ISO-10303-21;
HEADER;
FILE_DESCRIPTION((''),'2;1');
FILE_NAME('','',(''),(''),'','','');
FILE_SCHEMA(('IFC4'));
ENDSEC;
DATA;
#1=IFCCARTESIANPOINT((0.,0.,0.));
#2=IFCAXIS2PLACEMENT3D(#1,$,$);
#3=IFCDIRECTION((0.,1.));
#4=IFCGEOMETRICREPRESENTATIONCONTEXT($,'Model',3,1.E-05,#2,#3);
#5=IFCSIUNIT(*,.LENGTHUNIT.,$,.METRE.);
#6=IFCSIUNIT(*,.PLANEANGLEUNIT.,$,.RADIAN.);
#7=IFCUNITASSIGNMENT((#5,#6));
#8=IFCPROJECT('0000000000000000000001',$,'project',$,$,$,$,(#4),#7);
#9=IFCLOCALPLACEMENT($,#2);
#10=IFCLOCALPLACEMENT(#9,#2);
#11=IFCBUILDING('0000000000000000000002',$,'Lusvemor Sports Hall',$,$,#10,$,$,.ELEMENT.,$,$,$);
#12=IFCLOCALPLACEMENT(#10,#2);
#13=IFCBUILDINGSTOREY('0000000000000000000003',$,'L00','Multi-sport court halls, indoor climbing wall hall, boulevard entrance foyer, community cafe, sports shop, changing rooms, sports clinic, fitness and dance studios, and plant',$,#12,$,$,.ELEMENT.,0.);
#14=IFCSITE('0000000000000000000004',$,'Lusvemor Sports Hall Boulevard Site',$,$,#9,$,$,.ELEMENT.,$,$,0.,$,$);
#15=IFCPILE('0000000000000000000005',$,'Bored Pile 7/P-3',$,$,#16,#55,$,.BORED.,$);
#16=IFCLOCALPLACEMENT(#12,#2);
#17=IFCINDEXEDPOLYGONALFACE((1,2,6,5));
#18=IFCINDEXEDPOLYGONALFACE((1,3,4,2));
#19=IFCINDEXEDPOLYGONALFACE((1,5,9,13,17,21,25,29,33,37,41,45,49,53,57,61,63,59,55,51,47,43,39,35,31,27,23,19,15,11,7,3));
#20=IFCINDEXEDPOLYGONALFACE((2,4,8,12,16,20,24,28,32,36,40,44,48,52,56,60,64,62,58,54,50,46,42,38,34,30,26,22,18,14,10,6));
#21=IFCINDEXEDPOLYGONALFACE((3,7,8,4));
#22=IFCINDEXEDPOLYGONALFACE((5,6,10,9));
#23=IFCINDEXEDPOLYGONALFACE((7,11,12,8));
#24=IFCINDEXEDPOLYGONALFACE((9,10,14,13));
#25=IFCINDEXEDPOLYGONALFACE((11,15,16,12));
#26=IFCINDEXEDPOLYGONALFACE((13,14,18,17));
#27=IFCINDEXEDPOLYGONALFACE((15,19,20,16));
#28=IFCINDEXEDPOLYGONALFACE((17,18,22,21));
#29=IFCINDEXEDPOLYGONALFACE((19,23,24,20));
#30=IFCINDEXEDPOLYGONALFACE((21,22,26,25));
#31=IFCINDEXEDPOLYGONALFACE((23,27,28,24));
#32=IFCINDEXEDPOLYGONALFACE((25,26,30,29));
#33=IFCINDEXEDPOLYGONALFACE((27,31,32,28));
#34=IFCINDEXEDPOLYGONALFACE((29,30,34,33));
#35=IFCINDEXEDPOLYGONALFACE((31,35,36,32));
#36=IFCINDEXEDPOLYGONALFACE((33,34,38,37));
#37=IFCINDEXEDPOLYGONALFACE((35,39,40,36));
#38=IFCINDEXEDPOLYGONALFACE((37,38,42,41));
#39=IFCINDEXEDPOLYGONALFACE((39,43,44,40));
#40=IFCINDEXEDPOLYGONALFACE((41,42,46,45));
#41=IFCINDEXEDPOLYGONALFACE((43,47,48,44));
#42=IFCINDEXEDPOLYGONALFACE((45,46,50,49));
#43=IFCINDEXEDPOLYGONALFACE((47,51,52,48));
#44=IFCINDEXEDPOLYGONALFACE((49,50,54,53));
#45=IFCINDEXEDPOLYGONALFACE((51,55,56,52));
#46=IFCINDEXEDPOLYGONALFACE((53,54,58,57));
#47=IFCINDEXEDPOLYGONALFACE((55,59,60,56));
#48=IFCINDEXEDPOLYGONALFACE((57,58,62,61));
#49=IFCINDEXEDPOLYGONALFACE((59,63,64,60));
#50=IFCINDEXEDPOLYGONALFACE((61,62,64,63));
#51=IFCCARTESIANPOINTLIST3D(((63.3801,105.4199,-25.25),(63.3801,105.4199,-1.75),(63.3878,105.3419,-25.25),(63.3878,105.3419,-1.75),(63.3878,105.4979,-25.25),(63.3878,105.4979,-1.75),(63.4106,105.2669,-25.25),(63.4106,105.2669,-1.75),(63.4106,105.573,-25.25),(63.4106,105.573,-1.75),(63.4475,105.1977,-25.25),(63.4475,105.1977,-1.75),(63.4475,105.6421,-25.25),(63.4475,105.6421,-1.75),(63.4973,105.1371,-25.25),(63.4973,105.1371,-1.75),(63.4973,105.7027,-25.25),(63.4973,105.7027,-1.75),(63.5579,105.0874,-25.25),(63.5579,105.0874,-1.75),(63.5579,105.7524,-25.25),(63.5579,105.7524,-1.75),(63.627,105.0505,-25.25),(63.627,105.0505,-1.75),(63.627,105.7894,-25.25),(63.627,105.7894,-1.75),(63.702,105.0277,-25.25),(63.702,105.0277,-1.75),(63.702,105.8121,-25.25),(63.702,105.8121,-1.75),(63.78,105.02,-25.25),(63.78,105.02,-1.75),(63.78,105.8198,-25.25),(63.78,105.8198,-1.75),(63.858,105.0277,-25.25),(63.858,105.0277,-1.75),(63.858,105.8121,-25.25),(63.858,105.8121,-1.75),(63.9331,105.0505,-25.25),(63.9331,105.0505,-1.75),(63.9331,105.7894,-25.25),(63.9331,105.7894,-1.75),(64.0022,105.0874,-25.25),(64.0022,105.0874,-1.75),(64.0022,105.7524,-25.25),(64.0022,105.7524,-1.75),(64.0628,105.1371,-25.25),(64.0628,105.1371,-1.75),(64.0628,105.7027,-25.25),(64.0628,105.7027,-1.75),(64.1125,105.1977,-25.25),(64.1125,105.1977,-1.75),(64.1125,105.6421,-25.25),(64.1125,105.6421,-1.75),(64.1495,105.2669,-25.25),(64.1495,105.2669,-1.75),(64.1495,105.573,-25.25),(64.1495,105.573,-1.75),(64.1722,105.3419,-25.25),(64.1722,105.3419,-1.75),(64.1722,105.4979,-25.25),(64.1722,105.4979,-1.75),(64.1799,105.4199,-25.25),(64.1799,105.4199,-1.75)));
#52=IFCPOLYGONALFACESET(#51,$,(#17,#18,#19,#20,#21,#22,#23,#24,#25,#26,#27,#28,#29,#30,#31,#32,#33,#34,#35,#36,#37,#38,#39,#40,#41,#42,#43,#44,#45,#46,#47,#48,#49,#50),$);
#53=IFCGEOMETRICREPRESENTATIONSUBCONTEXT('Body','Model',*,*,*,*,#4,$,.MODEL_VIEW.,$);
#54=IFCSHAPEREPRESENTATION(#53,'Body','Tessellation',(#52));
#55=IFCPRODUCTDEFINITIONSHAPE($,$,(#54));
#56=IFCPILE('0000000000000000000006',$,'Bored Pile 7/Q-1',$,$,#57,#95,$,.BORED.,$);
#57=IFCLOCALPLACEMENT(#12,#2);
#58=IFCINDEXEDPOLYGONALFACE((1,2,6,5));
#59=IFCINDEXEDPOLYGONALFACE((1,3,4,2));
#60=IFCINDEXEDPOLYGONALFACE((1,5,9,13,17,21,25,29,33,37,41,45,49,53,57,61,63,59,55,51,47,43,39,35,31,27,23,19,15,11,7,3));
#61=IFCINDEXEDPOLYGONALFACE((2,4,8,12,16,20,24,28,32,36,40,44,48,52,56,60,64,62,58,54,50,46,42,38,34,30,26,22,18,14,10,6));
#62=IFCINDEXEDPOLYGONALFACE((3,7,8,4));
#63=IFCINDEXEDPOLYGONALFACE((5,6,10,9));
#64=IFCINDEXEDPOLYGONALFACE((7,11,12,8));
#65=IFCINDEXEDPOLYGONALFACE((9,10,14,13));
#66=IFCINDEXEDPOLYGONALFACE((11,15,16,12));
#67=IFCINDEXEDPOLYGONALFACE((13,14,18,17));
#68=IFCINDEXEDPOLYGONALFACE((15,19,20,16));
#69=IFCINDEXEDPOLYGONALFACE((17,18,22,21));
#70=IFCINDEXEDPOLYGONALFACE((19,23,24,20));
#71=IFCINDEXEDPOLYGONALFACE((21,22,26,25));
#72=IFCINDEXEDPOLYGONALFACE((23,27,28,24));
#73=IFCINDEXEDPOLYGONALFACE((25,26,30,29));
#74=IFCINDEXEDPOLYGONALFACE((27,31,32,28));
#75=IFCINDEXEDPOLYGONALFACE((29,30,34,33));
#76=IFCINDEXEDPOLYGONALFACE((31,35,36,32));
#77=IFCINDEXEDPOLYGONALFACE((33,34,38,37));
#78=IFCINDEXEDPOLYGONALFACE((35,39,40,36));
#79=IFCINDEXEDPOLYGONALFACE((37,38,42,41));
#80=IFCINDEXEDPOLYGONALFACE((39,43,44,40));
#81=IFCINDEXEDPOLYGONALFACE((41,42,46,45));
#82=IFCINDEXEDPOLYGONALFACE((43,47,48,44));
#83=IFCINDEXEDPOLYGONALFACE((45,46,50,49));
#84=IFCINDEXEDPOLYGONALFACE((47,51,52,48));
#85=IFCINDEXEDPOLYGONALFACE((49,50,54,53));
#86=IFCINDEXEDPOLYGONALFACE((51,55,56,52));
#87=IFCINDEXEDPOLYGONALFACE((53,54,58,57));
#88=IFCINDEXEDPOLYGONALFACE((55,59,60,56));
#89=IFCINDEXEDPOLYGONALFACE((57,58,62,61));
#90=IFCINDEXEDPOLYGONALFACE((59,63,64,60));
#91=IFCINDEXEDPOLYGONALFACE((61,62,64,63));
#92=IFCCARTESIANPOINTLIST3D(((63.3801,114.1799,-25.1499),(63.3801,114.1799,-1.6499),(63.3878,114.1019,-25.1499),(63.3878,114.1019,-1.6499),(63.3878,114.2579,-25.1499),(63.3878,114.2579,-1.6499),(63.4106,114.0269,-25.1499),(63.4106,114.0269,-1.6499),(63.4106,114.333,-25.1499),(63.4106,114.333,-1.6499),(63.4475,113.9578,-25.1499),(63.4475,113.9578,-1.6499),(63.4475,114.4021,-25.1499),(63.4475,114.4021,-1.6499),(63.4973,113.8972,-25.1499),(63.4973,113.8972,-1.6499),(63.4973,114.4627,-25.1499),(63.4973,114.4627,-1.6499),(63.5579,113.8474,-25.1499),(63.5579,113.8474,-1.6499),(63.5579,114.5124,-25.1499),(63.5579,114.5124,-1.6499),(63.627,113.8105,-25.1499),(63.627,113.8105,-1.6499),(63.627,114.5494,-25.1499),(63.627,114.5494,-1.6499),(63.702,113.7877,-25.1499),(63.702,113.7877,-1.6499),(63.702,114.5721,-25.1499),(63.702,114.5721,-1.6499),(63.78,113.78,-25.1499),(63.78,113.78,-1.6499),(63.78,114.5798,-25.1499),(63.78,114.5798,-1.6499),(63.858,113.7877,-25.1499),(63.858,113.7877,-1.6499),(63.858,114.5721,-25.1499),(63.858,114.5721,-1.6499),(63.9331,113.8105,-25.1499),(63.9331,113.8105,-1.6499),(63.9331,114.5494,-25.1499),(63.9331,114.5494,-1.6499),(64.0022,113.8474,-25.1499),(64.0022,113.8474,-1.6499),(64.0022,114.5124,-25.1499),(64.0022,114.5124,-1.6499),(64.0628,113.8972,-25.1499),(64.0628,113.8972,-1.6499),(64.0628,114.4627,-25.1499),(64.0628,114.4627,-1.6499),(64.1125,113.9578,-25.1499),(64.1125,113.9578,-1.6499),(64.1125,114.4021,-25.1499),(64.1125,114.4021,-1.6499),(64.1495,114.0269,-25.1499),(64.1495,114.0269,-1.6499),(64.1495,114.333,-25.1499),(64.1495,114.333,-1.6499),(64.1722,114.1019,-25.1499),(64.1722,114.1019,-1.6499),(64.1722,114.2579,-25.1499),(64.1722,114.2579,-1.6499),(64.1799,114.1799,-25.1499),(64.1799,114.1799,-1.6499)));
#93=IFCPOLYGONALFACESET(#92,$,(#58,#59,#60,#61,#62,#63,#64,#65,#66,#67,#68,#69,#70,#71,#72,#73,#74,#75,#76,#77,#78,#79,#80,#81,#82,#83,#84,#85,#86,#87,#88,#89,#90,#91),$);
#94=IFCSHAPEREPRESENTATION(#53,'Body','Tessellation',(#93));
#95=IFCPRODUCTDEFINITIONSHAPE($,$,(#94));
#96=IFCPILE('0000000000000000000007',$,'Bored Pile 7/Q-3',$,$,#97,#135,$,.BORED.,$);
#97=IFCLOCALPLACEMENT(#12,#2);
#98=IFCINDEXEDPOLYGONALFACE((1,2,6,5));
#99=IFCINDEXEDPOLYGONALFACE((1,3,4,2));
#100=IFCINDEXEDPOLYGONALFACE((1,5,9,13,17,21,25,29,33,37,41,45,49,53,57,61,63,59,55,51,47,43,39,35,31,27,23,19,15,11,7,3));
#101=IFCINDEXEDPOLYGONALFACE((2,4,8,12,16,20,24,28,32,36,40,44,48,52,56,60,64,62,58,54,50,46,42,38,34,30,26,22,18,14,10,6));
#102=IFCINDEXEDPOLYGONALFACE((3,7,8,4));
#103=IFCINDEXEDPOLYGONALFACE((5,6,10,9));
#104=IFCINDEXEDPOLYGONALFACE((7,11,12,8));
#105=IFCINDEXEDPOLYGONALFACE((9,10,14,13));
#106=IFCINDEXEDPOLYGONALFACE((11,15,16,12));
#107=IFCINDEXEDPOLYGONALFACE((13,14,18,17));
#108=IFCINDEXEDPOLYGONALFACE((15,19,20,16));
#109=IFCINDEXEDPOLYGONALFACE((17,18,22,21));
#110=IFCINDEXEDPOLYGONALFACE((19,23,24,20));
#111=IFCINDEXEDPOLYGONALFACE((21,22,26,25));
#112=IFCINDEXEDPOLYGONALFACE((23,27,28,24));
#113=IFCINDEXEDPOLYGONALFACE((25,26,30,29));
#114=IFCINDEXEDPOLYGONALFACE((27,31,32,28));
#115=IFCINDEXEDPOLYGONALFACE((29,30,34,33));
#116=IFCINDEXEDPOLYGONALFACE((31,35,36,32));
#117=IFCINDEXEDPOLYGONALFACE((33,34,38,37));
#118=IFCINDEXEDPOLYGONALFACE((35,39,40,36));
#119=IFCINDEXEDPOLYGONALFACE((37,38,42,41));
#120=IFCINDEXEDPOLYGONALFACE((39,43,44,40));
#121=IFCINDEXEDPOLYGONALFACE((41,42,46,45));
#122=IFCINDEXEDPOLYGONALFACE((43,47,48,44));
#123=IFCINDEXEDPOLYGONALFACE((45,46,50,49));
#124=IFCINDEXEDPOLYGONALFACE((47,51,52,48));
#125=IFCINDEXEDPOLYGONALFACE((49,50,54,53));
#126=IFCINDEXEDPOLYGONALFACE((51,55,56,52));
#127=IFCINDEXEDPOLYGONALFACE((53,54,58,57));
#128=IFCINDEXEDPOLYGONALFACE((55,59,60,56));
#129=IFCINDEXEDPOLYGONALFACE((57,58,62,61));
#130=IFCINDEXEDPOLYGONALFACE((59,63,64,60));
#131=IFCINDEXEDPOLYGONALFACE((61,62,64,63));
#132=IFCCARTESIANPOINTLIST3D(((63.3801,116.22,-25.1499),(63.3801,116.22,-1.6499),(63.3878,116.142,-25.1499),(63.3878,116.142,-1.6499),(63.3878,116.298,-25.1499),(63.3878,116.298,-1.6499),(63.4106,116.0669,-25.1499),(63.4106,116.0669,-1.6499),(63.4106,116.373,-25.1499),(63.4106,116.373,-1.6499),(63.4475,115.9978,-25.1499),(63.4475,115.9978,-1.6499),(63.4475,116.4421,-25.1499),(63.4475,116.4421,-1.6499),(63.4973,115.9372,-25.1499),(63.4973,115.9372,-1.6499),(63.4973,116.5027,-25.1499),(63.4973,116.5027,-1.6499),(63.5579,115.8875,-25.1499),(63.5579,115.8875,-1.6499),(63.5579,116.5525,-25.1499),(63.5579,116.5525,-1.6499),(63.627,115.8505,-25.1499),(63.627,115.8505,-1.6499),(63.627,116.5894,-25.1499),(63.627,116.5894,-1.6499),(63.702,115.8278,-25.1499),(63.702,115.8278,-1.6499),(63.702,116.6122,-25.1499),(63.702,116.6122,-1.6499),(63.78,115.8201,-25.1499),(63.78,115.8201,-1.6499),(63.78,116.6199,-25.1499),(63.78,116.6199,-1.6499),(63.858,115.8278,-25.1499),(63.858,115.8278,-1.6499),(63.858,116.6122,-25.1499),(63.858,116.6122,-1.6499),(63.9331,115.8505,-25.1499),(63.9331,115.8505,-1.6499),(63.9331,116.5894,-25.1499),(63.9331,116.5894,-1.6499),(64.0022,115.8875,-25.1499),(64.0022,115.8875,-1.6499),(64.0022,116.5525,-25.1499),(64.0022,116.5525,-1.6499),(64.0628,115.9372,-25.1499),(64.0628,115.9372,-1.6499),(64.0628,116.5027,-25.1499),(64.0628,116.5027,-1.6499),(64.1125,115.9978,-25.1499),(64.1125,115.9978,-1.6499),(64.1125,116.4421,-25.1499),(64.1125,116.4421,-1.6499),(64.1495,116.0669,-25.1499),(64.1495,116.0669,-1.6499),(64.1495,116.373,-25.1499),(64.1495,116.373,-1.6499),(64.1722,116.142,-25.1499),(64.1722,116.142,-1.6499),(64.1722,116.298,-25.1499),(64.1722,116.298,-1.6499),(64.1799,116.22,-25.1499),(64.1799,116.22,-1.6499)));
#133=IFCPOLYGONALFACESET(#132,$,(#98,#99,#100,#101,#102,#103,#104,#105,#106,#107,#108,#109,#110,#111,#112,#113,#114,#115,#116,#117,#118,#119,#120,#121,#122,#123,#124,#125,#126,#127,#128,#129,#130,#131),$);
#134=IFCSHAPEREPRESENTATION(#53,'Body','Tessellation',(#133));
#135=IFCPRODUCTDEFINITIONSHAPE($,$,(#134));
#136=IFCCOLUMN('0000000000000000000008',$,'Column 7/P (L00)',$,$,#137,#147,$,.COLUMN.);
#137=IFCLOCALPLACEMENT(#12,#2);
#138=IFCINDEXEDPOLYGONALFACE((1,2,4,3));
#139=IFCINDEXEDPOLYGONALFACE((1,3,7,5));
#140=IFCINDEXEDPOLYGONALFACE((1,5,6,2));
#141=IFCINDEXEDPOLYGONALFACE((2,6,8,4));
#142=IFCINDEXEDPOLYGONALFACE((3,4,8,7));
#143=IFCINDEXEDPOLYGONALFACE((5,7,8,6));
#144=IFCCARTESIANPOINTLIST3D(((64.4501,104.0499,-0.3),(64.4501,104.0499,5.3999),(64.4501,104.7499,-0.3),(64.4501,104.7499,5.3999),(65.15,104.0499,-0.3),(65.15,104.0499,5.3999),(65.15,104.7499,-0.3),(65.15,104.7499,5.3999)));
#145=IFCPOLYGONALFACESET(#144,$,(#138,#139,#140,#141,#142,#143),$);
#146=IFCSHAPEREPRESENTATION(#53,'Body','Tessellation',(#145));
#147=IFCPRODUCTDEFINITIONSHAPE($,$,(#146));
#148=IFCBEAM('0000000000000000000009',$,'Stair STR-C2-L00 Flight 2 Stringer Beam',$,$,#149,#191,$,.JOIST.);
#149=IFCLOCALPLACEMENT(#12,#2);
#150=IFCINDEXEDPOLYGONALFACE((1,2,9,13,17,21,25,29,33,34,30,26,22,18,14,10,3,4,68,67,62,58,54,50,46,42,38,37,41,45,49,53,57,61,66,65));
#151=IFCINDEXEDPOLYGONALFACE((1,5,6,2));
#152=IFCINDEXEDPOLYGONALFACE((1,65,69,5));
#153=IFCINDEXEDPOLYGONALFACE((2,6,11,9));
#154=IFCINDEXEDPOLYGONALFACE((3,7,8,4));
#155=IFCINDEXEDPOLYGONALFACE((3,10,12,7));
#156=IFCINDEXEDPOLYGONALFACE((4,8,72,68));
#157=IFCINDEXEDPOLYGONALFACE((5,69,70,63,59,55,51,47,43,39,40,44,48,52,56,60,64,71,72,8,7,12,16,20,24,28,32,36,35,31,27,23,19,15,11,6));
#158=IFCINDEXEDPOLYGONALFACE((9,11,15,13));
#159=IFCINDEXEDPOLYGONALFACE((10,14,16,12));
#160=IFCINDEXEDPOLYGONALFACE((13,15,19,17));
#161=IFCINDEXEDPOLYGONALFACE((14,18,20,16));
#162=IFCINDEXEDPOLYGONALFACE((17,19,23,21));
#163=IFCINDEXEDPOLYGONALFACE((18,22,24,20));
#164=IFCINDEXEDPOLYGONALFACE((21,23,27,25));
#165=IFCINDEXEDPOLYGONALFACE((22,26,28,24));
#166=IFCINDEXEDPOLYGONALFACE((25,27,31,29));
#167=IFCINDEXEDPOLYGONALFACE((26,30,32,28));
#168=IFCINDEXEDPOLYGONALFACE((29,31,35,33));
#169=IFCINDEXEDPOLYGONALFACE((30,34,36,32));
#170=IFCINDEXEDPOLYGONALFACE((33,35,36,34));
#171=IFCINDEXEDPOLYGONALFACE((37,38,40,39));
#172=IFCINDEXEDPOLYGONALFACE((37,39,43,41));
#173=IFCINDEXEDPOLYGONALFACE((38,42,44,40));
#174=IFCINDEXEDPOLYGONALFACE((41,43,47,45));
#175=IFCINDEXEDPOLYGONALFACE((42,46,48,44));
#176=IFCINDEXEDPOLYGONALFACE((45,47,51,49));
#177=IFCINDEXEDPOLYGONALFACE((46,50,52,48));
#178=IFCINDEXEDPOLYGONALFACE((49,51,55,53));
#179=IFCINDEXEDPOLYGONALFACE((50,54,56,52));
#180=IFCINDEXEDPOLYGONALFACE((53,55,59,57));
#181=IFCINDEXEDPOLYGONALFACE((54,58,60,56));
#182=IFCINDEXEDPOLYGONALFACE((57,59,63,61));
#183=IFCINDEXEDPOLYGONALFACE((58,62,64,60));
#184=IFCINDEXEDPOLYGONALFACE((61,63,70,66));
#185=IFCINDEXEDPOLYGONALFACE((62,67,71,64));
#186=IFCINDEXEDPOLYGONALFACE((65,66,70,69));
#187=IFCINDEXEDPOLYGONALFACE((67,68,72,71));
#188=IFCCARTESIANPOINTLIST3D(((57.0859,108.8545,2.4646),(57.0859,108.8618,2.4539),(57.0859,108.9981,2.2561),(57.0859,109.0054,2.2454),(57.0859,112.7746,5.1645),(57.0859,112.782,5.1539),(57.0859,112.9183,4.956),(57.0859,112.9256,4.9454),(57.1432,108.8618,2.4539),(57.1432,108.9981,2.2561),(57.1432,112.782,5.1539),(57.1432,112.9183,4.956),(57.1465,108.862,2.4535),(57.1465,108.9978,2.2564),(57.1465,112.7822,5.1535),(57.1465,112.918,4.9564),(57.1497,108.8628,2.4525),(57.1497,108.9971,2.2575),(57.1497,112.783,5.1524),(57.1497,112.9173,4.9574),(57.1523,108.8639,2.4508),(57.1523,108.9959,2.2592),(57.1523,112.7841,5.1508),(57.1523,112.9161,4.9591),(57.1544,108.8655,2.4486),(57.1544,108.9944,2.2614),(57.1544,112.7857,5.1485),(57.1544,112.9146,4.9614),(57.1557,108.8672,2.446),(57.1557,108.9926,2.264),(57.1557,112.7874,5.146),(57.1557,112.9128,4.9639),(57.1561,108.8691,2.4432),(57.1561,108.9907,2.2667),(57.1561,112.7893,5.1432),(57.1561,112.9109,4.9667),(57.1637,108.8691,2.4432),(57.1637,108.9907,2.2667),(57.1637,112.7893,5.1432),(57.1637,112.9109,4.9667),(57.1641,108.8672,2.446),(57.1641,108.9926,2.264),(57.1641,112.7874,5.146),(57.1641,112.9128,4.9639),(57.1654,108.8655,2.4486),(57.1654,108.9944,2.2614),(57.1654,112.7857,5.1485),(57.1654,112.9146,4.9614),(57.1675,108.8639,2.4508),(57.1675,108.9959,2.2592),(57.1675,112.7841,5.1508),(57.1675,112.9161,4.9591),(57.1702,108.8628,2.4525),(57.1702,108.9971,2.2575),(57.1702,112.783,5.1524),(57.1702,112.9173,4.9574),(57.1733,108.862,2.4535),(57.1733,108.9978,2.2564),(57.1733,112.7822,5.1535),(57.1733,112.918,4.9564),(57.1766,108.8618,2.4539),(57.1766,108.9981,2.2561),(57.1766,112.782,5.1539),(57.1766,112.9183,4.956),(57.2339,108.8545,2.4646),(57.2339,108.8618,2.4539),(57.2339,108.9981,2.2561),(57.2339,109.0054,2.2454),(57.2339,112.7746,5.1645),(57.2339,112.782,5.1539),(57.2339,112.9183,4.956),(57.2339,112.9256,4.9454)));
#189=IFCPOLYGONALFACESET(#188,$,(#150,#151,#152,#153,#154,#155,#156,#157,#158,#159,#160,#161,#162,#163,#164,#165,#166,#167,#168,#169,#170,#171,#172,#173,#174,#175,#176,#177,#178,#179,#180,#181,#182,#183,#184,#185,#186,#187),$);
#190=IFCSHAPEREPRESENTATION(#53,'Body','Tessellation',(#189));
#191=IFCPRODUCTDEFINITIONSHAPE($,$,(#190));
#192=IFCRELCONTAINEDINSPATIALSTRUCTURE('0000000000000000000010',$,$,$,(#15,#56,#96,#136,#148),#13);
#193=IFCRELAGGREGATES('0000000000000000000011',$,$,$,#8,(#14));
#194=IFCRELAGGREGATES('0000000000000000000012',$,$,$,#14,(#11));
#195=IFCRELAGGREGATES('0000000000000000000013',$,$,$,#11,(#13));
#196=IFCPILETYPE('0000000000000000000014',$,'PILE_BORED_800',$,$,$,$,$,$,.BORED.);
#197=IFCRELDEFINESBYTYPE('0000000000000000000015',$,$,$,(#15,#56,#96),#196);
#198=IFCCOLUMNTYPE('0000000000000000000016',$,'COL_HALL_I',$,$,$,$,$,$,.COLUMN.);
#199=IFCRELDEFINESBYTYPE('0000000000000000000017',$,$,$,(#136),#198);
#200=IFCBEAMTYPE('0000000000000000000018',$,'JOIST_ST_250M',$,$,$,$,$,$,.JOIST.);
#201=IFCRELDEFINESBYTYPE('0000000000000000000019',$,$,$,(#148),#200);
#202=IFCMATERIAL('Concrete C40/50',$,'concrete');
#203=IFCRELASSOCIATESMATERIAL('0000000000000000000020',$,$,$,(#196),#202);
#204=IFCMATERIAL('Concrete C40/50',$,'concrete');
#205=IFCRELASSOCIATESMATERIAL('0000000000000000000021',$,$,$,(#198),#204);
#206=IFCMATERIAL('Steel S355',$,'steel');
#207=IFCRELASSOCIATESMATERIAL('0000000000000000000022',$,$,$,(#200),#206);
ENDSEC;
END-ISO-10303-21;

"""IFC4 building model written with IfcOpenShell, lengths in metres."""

from ifc_helpers import new_model, si_unit, direction, frame, origin, origin_2d, place, context, subcontext, project, spatial, rectangle, circle, i_section, extrude, material, material_profile, profile_set, type_object, element, save


model = new_model("IFC4")

# Units and contexts
model_context = context("Model", 3, precision=1e-05, world=origin(), true_north=direction((0.0, 1.0)))
body_context = subcontext(model_context, "Body", "Model", "MODEL_VIEW")
ifc_project = project(units=[si_unit("LENGTHUNIT", "METRE"), si_unit("PLANEANGLEUNIT", "RADIAN")], contexts=[model_context])

# Site, building, storey
site_placement = place(None, origin())
site = spatial("IfcSite", under=ifc_project, at=site_placement, Name="Lusvemor Sports Hall Boulevard Site", CompositionType="ELEMENT", RefElevation=0.0)
building_placement = place(site_placement, origin())
building = spatial("IfcBuilding", under=site, at=building_placement, Name="Lusvemor Sports Hall", CompositionType="ELEMENT")
storey_placement = place(building_placement, origin())
storey = spatial("IfcBuildingStorey", under=building, at=storey_placement, Name="L00", Description="Multi-sport court halls, indoor climbing wall hall, boulevard entrance foyer, community cafe, sports shop, changing rooms, sports clinic, fitness and dance studios, and plant", CompositionType="ELEMENT", Elevation=0.0)

# Piles
ifc_material_1 = material(Name="Concrete C40/50", Category="concrete")
ifc_material_profile_1 = material_profile(ifc_material_1, circle(Radius=0.3999, at=origin_2d()), Name="PILE800")
ifc_profile_set_1 = profile_set([ifc_material_profile_1], Name="Concrete C40/50")
pile_type = type_object("IfcPileType", Name="PILE_BORED_800", PredefinedType="BORED", material=ifc_profile_set_1)
for number, where, z_axis, x_axis, name in (
    (1, (63.78, 105.4199, -1.75), (0.0, 0.0, -1.0), (1.0, 0.0, 0.0), "Bored Pile 7/P-3"),
    (2, (63.78, 114.1799, -1.6499), (0.0, 0.0, -1.0), (1.0, 0.0, 0.0), "Bored Pile 7/Q-1"),
    (3, (63.78, 116.22, -1.6499), (0.0, 0.0, -1.0), (1.0, 0.0, 0.0), "Bored Pile 7/Q-3"),
):
    element("IfcPile", number, at=place(storey_placement, frame(where, z_axis=z_axis, x_axis=x_axis)), inside=storey, type_object=pile_type, Name=name, PredefinedType="BORED", context=body_context, shape_type="SweptSolid", body=[
        extrude(circle(Radius=0.3999, at=origin_2d()), origin(), (0.0, 0.0, 1.0), 23.5),
    ])

# Column
ifc_material_2 = material(Name="Concrete C40/50", Category="concrete")
ifc_material_profile_2 = material_profile(ifc_material_2, rectangle(XDim=0.7, YDim=0.7, at=origin_2d()), Name="RC700x700")
ifc_profile_set_2 = profile_set([ifc_material_profile_2], Name="Concrete C40/50")
column_type = type_object("IfcColumnType", Name="COL_HALL_I", PredefinedType="COLUMN", material=ifc_profile_set_2)
column_placement = place(storey_placement, frame((64.8, 104.3999, -0.3), z_axis=(0.0, 0.0, 1.0), x_axis=(1.0, 0.0, 0.0)))
element("IfcColumn", 4, at=column_placement, inside=storey, type_object=column_type, Name="Column 7/P (L00)", PredefinedType="COLUMN", context=body_context, shape_type="SweptSolid", body=[
    extrude(rectangle(XDim=0.7, YDim=0.7, at=origin_2d()), origin(), (0.0, 0.0, 1.0), 5.7),
])

# Beam
ifc_material_3 = material(Name="Steel S355", Category="steel")
ifc_material_profile_3 = material_profile(ifc_material_3, i_section(OverallWidth=0.1479, OverallDepth=0.2661, WebThickness=0.0076, FlangeThickness=0.0129, FilletRadius=0.0129, at=origin_2d()), Name="W250x44.8")
ifc_profile_set_3 = profile_set([ifc_material_profile_3], Name="Steel S355")
beam_type = type_object("IfcBeamType", Name="JOIST_ST_250M", PredefinedType="JOIST", material=ifc_profile_set_3)
beam_placement = place(storey_placement, frame((57.1599, 108.9299, 2.355), z_axis=(0.0, 0.823567, 0.567219), x_axis=(-1.0, 0.0, 0.0)))
element("IfcBeam", 5, at=beam_placement, inside=storey, type_object=beam_type, Name="Stair STR-C2-L00 Flight 2 Stringer Beam", PredefinedType="JOIST", context=body_context, shape_type="SweptSolid", body=[
    extrude(i_section(OverallWidth=0.1479, OverallDepth=0.2661, WebThickness=0.0076, FlangeThickness=0.0129, FilletRadius=0.0129, at=origin_2d()), origin(), (0.0, 0.0, 1.0), 4.76),
])

save(model, "model.ifc")
